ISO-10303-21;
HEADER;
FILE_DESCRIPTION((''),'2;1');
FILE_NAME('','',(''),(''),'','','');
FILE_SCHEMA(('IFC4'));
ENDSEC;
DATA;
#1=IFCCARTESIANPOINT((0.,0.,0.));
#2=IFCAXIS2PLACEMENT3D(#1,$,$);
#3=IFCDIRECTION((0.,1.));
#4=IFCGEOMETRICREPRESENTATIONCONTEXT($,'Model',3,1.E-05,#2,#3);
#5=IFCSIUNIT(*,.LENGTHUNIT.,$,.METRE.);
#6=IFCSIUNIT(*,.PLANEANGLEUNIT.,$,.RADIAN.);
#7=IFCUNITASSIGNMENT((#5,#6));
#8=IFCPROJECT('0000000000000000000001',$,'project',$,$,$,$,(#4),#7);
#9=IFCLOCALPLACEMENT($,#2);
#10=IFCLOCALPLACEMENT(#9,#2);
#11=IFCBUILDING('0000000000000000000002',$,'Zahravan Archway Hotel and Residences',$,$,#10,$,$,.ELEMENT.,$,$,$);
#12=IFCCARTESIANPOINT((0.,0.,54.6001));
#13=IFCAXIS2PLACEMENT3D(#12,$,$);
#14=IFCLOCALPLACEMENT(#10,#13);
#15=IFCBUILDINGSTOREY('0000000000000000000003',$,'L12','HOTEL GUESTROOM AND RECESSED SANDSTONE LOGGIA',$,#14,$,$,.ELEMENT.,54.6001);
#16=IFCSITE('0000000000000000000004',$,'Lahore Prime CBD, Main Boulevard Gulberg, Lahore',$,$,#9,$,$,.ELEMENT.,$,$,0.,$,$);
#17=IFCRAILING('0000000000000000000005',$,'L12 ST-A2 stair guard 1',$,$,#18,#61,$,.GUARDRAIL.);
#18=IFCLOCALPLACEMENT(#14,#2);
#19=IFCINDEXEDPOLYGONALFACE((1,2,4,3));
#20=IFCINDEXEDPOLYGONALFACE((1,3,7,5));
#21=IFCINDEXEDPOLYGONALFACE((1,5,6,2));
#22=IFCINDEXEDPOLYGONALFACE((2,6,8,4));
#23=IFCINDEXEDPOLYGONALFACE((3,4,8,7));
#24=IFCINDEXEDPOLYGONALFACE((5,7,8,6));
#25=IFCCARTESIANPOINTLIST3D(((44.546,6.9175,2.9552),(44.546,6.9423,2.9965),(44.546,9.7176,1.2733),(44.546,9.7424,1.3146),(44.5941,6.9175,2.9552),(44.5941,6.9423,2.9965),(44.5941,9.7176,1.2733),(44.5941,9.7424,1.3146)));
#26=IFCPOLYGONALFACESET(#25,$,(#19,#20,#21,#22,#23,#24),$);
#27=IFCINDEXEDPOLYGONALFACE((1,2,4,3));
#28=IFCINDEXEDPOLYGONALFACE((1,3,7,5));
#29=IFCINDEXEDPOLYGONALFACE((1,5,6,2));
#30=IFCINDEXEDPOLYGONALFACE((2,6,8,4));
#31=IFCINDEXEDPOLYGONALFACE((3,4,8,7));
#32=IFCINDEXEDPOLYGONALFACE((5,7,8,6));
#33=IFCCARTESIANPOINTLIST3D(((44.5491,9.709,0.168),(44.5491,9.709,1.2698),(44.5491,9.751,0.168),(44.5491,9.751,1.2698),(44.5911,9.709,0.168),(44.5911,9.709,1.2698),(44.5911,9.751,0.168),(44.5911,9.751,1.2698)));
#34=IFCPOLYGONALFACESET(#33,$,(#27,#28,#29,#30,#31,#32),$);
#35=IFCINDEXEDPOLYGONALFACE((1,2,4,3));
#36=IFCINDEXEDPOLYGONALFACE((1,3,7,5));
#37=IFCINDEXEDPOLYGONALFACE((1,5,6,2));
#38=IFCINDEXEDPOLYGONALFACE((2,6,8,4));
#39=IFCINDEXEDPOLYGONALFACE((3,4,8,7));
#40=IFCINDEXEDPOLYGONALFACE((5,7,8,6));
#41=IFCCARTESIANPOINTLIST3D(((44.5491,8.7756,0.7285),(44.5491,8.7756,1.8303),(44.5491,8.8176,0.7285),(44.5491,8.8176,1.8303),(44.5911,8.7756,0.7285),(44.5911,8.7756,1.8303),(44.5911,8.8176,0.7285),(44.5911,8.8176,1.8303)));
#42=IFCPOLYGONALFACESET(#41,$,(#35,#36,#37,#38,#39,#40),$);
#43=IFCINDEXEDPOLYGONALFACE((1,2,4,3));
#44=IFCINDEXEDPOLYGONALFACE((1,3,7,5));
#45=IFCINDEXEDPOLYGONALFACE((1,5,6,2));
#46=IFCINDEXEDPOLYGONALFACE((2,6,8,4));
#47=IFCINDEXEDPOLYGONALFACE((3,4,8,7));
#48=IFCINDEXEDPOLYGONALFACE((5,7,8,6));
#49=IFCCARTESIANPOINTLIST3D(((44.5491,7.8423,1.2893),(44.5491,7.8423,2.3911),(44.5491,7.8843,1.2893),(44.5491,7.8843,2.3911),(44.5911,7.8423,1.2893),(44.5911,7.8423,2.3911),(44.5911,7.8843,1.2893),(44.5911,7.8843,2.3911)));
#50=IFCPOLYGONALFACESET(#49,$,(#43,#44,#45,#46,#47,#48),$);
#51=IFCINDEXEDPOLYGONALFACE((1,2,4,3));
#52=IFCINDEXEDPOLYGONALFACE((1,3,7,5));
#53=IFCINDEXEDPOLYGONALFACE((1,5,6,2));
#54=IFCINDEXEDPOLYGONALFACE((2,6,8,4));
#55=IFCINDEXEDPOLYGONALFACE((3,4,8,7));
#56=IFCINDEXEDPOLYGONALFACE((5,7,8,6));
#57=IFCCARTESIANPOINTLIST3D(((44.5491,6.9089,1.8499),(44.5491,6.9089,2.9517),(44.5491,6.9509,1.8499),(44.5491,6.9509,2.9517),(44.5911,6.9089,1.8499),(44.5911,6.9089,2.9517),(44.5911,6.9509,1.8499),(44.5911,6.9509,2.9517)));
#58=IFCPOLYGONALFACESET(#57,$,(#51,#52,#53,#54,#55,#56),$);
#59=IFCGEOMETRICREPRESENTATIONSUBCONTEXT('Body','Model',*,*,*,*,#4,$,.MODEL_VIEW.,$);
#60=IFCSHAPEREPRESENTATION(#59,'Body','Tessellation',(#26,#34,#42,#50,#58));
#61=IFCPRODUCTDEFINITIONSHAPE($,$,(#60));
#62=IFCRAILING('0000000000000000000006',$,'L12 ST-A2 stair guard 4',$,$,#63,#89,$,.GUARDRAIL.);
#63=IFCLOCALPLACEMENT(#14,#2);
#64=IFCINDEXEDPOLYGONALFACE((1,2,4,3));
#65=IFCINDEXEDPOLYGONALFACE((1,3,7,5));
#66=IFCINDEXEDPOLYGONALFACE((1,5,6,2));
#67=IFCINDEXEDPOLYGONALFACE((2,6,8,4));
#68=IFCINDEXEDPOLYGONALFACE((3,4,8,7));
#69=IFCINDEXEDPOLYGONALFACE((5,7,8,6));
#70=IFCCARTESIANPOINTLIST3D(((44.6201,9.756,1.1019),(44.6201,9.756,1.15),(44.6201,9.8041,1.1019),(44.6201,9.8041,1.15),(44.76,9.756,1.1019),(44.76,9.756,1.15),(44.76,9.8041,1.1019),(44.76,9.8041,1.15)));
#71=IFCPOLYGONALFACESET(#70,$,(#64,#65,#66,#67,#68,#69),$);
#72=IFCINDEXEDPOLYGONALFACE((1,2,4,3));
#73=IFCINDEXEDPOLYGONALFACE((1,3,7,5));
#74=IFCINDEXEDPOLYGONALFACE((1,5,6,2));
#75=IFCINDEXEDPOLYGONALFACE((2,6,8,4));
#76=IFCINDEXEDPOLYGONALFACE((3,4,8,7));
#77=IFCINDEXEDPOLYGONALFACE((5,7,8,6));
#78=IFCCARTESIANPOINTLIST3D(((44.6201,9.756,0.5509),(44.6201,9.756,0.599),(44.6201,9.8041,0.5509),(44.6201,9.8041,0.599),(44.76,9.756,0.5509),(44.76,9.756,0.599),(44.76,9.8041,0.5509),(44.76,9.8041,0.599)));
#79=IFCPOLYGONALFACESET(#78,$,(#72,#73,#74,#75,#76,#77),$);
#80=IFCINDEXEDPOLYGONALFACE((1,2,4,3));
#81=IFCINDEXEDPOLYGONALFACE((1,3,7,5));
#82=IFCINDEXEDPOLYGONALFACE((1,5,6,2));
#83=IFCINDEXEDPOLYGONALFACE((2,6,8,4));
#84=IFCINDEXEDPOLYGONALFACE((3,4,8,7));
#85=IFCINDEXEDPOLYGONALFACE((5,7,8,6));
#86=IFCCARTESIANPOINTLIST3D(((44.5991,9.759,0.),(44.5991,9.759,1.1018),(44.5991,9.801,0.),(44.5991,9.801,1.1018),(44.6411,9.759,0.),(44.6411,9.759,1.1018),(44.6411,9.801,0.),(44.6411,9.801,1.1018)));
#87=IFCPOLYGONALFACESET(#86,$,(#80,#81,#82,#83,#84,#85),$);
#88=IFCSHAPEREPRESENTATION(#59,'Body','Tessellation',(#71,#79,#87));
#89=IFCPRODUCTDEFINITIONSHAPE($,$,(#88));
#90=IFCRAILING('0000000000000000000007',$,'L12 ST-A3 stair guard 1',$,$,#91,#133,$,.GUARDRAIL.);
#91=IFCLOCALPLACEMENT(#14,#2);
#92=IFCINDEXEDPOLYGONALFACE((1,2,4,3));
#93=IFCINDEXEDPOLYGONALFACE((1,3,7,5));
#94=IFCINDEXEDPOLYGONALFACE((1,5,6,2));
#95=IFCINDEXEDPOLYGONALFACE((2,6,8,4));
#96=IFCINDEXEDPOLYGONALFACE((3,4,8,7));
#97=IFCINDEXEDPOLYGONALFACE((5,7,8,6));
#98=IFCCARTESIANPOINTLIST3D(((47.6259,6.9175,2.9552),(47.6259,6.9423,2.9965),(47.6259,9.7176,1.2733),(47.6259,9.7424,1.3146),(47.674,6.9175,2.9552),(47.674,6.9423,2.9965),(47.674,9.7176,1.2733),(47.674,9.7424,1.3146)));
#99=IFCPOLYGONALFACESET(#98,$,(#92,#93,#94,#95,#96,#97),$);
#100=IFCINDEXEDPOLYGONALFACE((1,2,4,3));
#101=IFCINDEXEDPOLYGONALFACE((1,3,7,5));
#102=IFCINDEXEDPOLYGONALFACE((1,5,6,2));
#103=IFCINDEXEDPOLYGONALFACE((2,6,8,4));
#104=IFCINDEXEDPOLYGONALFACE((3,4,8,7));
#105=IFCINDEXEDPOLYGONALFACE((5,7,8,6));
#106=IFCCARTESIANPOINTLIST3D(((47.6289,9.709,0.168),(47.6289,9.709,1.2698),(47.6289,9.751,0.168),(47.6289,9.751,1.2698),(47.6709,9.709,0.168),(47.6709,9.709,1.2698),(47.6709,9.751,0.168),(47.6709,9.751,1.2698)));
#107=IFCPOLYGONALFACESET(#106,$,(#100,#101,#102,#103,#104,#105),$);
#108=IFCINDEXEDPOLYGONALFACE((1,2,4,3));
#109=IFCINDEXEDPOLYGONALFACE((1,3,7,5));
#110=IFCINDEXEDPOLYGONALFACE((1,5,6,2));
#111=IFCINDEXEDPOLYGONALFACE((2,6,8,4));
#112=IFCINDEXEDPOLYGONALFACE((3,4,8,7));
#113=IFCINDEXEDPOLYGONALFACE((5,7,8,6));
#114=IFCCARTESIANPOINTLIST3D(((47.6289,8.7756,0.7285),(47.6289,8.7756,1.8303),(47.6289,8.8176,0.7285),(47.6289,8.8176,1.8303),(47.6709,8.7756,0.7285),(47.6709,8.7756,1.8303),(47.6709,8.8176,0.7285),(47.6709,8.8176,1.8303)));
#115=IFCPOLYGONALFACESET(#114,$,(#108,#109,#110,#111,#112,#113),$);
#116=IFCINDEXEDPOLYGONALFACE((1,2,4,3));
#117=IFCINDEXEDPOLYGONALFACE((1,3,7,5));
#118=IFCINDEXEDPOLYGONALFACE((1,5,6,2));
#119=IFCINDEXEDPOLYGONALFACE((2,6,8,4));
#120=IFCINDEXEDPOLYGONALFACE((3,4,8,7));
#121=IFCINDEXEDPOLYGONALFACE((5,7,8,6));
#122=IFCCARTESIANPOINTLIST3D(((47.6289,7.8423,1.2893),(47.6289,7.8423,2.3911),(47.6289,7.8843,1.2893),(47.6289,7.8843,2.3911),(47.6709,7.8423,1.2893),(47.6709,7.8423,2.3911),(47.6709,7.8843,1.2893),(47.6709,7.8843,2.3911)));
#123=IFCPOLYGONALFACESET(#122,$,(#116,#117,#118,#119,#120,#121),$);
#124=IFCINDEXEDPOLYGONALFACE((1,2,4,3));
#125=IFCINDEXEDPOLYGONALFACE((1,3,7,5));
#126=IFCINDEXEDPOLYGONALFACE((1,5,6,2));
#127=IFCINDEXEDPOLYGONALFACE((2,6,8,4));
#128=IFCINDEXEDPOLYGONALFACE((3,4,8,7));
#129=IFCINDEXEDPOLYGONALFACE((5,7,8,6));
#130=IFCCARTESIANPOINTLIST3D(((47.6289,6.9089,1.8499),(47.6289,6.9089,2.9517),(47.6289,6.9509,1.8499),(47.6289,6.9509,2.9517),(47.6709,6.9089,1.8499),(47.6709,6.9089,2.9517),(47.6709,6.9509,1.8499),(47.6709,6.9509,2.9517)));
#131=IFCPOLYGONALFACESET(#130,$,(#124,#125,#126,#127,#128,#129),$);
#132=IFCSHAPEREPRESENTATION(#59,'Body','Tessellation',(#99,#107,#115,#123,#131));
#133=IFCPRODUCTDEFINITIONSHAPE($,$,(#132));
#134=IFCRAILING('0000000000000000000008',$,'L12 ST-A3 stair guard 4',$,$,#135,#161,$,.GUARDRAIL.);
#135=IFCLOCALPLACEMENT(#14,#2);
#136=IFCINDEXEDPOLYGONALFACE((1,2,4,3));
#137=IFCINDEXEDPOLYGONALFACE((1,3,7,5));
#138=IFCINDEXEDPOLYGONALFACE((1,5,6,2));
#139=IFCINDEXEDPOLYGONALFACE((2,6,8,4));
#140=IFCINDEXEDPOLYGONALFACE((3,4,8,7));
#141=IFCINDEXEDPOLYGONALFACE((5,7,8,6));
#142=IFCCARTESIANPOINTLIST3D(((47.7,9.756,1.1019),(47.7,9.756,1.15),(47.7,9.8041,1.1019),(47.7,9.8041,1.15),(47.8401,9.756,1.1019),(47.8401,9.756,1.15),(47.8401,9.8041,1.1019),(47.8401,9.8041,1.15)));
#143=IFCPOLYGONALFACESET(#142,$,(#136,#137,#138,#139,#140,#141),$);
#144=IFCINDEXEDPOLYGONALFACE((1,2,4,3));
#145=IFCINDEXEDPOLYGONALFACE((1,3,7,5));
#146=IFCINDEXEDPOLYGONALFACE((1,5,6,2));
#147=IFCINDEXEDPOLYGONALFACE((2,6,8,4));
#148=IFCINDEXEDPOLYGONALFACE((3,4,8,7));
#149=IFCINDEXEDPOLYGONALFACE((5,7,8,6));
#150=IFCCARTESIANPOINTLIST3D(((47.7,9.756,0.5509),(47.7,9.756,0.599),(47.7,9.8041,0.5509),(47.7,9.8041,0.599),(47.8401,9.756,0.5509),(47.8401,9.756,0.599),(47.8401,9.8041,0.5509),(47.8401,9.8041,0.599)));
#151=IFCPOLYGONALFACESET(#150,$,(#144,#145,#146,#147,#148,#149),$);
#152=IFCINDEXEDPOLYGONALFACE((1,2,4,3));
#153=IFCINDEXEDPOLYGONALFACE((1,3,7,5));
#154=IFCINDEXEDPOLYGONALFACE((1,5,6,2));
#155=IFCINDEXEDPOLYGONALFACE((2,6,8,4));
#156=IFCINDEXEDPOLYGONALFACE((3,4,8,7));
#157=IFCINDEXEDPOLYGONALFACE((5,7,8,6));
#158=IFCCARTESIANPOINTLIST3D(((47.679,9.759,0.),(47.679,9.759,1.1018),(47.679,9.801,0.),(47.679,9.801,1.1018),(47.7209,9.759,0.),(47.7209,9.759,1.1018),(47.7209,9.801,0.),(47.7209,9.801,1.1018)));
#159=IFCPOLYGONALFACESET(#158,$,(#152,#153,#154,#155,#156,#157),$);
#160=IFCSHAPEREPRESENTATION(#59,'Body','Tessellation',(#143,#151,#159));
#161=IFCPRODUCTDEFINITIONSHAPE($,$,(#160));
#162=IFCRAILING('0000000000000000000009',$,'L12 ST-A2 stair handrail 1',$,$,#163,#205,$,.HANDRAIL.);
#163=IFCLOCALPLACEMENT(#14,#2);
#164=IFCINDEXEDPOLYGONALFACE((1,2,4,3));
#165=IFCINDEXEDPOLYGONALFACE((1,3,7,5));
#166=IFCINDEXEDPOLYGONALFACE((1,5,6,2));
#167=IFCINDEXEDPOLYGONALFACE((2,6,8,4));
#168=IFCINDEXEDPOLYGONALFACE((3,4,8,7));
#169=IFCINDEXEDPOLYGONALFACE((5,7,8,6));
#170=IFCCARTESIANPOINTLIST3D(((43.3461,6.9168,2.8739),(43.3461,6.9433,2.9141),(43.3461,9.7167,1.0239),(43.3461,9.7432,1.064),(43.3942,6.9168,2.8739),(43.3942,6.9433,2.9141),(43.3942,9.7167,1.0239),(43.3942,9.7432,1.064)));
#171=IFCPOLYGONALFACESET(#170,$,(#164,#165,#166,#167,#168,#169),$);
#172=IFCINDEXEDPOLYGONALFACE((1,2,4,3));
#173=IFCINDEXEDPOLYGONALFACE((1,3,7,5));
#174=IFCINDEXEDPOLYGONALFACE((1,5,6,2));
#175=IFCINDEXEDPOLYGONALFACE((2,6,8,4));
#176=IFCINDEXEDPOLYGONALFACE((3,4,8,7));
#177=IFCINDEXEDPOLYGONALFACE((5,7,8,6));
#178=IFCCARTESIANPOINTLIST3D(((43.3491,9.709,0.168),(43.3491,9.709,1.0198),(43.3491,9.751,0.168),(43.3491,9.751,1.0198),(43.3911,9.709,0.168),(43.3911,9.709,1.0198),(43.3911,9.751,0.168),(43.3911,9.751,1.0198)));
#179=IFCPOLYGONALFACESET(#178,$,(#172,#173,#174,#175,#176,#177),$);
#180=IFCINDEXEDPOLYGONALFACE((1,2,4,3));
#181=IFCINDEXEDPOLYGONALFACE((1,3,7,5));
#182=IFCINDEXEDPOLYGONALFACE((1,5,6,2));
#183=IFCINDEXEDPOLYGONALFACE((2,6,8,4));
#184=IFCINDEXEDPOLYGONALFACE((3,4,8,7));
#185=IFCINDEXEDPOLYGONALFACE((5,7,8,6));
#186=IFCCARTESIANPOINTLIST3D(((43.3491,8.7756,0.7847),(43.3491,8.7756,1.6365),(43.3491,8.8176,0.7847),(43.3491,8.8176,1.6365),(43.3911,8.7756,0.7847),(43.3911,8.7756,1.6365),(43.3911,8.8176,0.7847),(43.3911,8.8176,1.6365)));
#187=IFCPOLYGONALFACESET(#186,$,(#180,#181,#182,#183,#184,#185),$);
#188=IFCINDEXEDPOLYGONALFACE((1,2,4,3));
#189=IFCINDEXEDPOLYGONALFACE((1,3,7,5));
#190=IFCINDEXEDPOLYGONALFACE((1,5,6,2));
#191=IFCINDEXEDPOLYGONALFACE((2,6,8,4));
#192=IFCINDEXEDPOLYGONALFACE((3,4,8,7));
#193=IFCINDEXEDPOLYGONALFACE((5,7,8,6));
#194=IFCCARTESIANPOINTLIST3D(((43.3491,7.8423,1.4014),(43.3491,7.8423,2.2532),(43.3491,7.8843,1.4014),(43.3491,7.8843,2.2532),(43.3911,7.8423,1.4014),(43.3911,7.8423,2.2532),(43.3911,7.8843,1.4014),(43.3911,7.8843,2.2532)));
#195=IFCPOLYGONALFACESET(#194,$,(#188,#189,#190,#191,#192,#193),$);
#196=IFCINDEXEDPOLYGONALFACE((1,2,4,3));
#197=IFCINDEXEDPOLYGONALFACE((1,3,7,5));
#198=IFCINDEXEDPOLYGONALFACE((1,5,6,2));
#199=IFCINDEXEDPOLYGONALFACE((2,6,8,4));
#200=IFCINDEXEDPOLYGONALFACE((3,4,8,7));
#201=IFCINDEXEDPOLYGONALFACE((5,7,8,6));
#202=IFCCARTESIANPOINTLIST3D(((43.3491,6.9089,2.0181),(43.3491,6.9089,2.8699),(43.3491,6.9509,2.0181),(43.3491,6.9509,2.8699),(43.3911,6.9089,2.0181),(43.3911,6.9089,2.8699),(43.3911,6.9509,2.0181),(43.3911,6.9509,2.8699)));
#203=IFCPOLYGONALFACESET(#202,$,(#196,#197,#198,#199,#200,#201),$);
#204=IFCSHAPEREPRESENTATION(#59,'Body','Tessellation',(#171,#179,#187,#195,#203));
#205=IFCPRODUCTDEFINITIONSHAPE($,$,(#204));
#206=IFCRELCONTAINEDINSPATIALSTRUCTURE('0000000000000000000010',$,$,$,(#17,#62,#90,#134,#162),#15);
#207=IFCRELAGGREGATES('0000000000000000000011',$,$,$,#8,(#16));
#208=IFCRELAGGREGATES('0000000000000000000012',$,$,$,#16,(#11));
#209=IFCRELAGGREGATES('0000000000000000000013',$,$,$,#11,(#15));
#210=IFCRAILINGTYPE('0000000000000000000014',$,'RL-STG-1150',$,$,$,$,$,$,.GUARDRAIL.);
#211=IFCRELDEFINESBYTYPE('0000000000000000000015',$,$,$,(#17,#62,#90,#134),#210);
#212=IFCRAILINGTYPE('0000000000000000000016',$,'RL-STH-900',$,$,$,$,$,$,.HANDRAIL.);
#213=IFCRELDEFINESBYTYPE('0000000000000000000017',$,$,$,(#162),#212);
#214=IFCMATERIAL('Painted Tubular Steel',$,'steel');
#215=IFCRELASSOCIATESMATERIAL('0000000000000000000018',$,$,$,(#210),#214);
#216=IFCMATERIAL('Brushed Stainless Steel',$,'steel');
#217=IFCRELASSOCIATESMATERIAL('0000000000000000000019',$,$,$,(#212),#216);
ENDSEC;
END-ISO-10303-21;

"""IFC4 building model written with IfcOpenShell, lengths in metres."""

from ifc_helpers import new_model, si_unit, direction, frame, origin, origin_2d, place, context, subcontext, project, spatial, rectangle, extrude, material, type_object, element, save


model = new_model("IFC4")

# Units and contexts
model_context = context("Model", 3, precision=1e-05, world=origin(), true_north=direction((0.0, 1.0)))
body_context = subcontext(model_context, "Body", "Model", "MODEL_VIEW")
ifc_project = project(units=[si_unit("LENGTHUNIT", "METRE"), si_unit("PLANEANGLEUNIT", "RADIAN")], contexts=[model_context])

# Site, building, storey
site_placement = place(None, origin())
site = spatial("IfcSite", under=ifc_project, at=site_placement, Name="Lahore Prime CBD, Main Boulevard Gulberg, Lahore", CompositionType="ELEMENT", RefElevation=0.0)
building_placement = place(site_placement, origin())
building = spatial("IfcBuilding", under=site, at=building_placement, Name="Zahravan Archway Hotel and Residences", CompositionType="ELEMENT")
storey_placement = place(building_placement, frame((0.0, 0.0, 54.6001)))
storey = spatial("IfcBuildingStorey", under=building, at=storey_placement, Name="L12", Description="HOTEL GUESTROOM AND RECESSED SANDSTONE LOGGIA", CompositionType="ELEMENT", Elevation=54.6001)

# Shared definitions
ifc_material_1 = material(Name="Brushed Stainless Steel", Category="steel")

# Railings
ifc_material_2 = material(Name="Painted Tubular Steel", Category="steel")
railing_type_1 = type_object("IfcRailingType", Name="RL-STG-1150", PredefinedType="GUARDRAIL", material=ifc_material_2)
railing_1_placement = place(storey_placement, frame((44.5701, 9.73, 0.168)))
element("IfcRailing", 1, at=railing_1_placement, inside=storey, type_object=railing_type_1, Name="L12 ST-A2 stair guard 1", PredefinedType="GUARDRAIL", context=body_context, shape_type="SweptSolid", body=[
    extrude(rectangle(XDim=0.0481, YDim=0.0481, at=origin_2d()), frame((0.0, 0.0, 1.126), z_axis=(0.0, -0.857242, 0.514913), x_axis=(1.0, 0.0, 0.0)), (0.0, 0.0, 1.0), 3.2664),
    extrude(rectangle(XDim=0.042, YDim=0.042, at=origin_2d()), origin(), (0.0, 0.0, 1.0), 1.1018),
    extrude(rectangle(XDim=0.042, YDim=0.042, at=origin_2d()), frame((0.0, -0.9333, 0.5605)), (0.0, 0.0, 1.0), 1.1018),
    extrude(rectangle(XDim=0.042, YDim=0.042, at=origin_2d()), frame((0.0, -1.8667, 1.1213)), (0.0, 0.0, 1.0), 1.1018),
    extrude(rectangle(XDim=0.042, YDim=0.042, at=origin_2d()), frame((0.0, -2.8, 1.6819)), (0.0, 0.0, 1.0), 1.1018),
])
railing_2_placement = place(storey_placement, frame((44.6201, 9.78, 0.0)))
element("IfcRailing", 2, at=railing_2_placement, inside=storey, type_object=railing_type_1, Name="L12 ST-A2 stair guard 4", PredefinedType="GUARDRAIL", context=body_context, shape_type="SweptSolid", body=[
    extrude(rectangle(XDim=0.0481, YDim=0.0481, at=origin_2d()), frame((0.0, 0.0, 1.126), z_axis=(1.0, 0.0, 0.0), x_axis=(0.0, 1.0, 0.0)), (0.0, 0.0, 1.0), 0.1399),
    extrude(rectangle(XDim=0.0481, YDim=0.0481, at=origin_2d()), frame((0.0, 0.0, 0.575), z_axis=(1.0, 0.0, 0.0), x_axis=(0.0, 1.0, 0.0)), (0.0, 0.0, 1.0), 0.1399),
    extrude(rectangle(XDim=0.042, YDim=0.042, at=origin_2d()), origin(), (0.0, 0.0, 1.0), 1.1018),
])
railing_3_placement = place(storey_placement, frame((47.6499, 9.73, 0.168)))
element("IfcRailing", 3, at=railing_3_placement, inside=storey, type_object=railing_type_1, Name="L12 ST-A3 stair guard 1", PredefinedType="GUARDRAIL", context=body_context, shape_type="SweptSolid", body=[
    extrude(rectangle(XDim=0.0481, YDim=0.0481, at=origin_2d()), frame((0.0, 0.0, 1.126), z_axis=(0.0, -0.857242, 0.514913), x_axis=(1.0, 0.0, 0.0)), (0.0, 0.0, 1.0), 3.2664),
    extrude(rectangle(XDim=0.042, YDim=0.042, at=origin_2d()), origin(), (0.0, 0.0, 1.0), 1.1018),
    extrude(rectangle(XDim=0.042, YDim=0.042, at=origin_2d()), frame((0.0, -0.9333, 0.5605)), (0.0, 0.0, 1.0), 1.1018),
    extrude(rectangle(XDim=0.042, YDim=0.042, at=origin_2d()), frame((0.0, -1.8667, 1.1213)), (0.0, 0.0, 1.0), 1.1018),
    extrude(rectangle(XDim=0.042, YDim=0.042, at=origin_2d()), frame((0.0, -2.8, 1.6819)), (0.0, 0.0, 1.0), 1.1018),
])
railing_4_placement = place(storey_placement, frame((47.7, 9.78, 0.0)))
element("IfcRailing", 4, at=railing_4_placement, inside=storey, type_object=railing_type_1, Name="L12 ST-A3 stair guard 4", PredefinedType="GUARDRAIL", context=body_context, shape_type="SweptSolid", body=[
    extrude(rectangle(XDim=0.0481, YDim=0.0481, at=origin_2d()), frame((0.0, 0.0, 1.126), z_axis=(1.0, 0.0, 0.0), x_axis=(0.0, 1.0, 0.0)), (0.0, 0.0, 1.0), 0.1401),
    extrude(rectangle(XDim=0.0481, YDim=0.0481, at=origin_2d()), frame((0.0, 0.0, 0.575), z_axis=(1.0, 0.0, 0.0), x_axis=(0.0, 1.0, 0.0)), (0.0, 0.0, 1.0), 0.1401),
    extrude(rectangle(XDim=0.042, YDim=0.042, at=origin_2d()), origin(), (0.0, 0.0, 1.0), 1.1018),
])
railing_type_2 = type_object("IfcRailingType", Name="RL-STH-900", PredefinedType="HANDRAIL", material=ifc_material_1)
for number, where, name in (
    (5, (43.3701, 9.73, 0.168), "L12 ST-A2 stair handrail 1"),
):
    element("IfcRailing", number, at=place(storey_placement, frame(where)), inside=storey, type_object=railing_type_2, Name=name, PredefinedType="HANDRAIL", context=body_context, shape_type="SweptSolid", body=[
        extrude(rectangle(XDim=0.0481, YDim=0.0481, at=origin_2d()), frame((0.0, 0.0, 0.876), z_axis=(0.0, -0.834326, 0.551271), x_axis=(1.0, 0.0, 0.0)), (0.0, 0.0, 1.0), 3.356),
        extrude(rectangle(XDim=0.042, YDim=0.042, at=origin_2d()), origin(), (0.0, 0.0, 1.0), 0.8518),
        extrude(rectangle(XDim=0.042, YDim=0.042, at=origin_2d()), frame((0.0, -0.9333, 0.6167)), (0.0, 0.0, 1.0), 0.8518),
        extrude(rectangle(XDim=0.042, YDim=0.042, at=origin_2d()), frame((0.0, -1.8667, 1.2334)), (0.0, 0.0, 1.0), 0.8518),
        extrude(rectangle(XDim=0.042, YDim=0.042, at=origin_2d()), frame((0.0, -2.8, 1.8501)), (0.0, 0.0, 1.0), 0.8518),
    ])

save(model, "model.ifc")
